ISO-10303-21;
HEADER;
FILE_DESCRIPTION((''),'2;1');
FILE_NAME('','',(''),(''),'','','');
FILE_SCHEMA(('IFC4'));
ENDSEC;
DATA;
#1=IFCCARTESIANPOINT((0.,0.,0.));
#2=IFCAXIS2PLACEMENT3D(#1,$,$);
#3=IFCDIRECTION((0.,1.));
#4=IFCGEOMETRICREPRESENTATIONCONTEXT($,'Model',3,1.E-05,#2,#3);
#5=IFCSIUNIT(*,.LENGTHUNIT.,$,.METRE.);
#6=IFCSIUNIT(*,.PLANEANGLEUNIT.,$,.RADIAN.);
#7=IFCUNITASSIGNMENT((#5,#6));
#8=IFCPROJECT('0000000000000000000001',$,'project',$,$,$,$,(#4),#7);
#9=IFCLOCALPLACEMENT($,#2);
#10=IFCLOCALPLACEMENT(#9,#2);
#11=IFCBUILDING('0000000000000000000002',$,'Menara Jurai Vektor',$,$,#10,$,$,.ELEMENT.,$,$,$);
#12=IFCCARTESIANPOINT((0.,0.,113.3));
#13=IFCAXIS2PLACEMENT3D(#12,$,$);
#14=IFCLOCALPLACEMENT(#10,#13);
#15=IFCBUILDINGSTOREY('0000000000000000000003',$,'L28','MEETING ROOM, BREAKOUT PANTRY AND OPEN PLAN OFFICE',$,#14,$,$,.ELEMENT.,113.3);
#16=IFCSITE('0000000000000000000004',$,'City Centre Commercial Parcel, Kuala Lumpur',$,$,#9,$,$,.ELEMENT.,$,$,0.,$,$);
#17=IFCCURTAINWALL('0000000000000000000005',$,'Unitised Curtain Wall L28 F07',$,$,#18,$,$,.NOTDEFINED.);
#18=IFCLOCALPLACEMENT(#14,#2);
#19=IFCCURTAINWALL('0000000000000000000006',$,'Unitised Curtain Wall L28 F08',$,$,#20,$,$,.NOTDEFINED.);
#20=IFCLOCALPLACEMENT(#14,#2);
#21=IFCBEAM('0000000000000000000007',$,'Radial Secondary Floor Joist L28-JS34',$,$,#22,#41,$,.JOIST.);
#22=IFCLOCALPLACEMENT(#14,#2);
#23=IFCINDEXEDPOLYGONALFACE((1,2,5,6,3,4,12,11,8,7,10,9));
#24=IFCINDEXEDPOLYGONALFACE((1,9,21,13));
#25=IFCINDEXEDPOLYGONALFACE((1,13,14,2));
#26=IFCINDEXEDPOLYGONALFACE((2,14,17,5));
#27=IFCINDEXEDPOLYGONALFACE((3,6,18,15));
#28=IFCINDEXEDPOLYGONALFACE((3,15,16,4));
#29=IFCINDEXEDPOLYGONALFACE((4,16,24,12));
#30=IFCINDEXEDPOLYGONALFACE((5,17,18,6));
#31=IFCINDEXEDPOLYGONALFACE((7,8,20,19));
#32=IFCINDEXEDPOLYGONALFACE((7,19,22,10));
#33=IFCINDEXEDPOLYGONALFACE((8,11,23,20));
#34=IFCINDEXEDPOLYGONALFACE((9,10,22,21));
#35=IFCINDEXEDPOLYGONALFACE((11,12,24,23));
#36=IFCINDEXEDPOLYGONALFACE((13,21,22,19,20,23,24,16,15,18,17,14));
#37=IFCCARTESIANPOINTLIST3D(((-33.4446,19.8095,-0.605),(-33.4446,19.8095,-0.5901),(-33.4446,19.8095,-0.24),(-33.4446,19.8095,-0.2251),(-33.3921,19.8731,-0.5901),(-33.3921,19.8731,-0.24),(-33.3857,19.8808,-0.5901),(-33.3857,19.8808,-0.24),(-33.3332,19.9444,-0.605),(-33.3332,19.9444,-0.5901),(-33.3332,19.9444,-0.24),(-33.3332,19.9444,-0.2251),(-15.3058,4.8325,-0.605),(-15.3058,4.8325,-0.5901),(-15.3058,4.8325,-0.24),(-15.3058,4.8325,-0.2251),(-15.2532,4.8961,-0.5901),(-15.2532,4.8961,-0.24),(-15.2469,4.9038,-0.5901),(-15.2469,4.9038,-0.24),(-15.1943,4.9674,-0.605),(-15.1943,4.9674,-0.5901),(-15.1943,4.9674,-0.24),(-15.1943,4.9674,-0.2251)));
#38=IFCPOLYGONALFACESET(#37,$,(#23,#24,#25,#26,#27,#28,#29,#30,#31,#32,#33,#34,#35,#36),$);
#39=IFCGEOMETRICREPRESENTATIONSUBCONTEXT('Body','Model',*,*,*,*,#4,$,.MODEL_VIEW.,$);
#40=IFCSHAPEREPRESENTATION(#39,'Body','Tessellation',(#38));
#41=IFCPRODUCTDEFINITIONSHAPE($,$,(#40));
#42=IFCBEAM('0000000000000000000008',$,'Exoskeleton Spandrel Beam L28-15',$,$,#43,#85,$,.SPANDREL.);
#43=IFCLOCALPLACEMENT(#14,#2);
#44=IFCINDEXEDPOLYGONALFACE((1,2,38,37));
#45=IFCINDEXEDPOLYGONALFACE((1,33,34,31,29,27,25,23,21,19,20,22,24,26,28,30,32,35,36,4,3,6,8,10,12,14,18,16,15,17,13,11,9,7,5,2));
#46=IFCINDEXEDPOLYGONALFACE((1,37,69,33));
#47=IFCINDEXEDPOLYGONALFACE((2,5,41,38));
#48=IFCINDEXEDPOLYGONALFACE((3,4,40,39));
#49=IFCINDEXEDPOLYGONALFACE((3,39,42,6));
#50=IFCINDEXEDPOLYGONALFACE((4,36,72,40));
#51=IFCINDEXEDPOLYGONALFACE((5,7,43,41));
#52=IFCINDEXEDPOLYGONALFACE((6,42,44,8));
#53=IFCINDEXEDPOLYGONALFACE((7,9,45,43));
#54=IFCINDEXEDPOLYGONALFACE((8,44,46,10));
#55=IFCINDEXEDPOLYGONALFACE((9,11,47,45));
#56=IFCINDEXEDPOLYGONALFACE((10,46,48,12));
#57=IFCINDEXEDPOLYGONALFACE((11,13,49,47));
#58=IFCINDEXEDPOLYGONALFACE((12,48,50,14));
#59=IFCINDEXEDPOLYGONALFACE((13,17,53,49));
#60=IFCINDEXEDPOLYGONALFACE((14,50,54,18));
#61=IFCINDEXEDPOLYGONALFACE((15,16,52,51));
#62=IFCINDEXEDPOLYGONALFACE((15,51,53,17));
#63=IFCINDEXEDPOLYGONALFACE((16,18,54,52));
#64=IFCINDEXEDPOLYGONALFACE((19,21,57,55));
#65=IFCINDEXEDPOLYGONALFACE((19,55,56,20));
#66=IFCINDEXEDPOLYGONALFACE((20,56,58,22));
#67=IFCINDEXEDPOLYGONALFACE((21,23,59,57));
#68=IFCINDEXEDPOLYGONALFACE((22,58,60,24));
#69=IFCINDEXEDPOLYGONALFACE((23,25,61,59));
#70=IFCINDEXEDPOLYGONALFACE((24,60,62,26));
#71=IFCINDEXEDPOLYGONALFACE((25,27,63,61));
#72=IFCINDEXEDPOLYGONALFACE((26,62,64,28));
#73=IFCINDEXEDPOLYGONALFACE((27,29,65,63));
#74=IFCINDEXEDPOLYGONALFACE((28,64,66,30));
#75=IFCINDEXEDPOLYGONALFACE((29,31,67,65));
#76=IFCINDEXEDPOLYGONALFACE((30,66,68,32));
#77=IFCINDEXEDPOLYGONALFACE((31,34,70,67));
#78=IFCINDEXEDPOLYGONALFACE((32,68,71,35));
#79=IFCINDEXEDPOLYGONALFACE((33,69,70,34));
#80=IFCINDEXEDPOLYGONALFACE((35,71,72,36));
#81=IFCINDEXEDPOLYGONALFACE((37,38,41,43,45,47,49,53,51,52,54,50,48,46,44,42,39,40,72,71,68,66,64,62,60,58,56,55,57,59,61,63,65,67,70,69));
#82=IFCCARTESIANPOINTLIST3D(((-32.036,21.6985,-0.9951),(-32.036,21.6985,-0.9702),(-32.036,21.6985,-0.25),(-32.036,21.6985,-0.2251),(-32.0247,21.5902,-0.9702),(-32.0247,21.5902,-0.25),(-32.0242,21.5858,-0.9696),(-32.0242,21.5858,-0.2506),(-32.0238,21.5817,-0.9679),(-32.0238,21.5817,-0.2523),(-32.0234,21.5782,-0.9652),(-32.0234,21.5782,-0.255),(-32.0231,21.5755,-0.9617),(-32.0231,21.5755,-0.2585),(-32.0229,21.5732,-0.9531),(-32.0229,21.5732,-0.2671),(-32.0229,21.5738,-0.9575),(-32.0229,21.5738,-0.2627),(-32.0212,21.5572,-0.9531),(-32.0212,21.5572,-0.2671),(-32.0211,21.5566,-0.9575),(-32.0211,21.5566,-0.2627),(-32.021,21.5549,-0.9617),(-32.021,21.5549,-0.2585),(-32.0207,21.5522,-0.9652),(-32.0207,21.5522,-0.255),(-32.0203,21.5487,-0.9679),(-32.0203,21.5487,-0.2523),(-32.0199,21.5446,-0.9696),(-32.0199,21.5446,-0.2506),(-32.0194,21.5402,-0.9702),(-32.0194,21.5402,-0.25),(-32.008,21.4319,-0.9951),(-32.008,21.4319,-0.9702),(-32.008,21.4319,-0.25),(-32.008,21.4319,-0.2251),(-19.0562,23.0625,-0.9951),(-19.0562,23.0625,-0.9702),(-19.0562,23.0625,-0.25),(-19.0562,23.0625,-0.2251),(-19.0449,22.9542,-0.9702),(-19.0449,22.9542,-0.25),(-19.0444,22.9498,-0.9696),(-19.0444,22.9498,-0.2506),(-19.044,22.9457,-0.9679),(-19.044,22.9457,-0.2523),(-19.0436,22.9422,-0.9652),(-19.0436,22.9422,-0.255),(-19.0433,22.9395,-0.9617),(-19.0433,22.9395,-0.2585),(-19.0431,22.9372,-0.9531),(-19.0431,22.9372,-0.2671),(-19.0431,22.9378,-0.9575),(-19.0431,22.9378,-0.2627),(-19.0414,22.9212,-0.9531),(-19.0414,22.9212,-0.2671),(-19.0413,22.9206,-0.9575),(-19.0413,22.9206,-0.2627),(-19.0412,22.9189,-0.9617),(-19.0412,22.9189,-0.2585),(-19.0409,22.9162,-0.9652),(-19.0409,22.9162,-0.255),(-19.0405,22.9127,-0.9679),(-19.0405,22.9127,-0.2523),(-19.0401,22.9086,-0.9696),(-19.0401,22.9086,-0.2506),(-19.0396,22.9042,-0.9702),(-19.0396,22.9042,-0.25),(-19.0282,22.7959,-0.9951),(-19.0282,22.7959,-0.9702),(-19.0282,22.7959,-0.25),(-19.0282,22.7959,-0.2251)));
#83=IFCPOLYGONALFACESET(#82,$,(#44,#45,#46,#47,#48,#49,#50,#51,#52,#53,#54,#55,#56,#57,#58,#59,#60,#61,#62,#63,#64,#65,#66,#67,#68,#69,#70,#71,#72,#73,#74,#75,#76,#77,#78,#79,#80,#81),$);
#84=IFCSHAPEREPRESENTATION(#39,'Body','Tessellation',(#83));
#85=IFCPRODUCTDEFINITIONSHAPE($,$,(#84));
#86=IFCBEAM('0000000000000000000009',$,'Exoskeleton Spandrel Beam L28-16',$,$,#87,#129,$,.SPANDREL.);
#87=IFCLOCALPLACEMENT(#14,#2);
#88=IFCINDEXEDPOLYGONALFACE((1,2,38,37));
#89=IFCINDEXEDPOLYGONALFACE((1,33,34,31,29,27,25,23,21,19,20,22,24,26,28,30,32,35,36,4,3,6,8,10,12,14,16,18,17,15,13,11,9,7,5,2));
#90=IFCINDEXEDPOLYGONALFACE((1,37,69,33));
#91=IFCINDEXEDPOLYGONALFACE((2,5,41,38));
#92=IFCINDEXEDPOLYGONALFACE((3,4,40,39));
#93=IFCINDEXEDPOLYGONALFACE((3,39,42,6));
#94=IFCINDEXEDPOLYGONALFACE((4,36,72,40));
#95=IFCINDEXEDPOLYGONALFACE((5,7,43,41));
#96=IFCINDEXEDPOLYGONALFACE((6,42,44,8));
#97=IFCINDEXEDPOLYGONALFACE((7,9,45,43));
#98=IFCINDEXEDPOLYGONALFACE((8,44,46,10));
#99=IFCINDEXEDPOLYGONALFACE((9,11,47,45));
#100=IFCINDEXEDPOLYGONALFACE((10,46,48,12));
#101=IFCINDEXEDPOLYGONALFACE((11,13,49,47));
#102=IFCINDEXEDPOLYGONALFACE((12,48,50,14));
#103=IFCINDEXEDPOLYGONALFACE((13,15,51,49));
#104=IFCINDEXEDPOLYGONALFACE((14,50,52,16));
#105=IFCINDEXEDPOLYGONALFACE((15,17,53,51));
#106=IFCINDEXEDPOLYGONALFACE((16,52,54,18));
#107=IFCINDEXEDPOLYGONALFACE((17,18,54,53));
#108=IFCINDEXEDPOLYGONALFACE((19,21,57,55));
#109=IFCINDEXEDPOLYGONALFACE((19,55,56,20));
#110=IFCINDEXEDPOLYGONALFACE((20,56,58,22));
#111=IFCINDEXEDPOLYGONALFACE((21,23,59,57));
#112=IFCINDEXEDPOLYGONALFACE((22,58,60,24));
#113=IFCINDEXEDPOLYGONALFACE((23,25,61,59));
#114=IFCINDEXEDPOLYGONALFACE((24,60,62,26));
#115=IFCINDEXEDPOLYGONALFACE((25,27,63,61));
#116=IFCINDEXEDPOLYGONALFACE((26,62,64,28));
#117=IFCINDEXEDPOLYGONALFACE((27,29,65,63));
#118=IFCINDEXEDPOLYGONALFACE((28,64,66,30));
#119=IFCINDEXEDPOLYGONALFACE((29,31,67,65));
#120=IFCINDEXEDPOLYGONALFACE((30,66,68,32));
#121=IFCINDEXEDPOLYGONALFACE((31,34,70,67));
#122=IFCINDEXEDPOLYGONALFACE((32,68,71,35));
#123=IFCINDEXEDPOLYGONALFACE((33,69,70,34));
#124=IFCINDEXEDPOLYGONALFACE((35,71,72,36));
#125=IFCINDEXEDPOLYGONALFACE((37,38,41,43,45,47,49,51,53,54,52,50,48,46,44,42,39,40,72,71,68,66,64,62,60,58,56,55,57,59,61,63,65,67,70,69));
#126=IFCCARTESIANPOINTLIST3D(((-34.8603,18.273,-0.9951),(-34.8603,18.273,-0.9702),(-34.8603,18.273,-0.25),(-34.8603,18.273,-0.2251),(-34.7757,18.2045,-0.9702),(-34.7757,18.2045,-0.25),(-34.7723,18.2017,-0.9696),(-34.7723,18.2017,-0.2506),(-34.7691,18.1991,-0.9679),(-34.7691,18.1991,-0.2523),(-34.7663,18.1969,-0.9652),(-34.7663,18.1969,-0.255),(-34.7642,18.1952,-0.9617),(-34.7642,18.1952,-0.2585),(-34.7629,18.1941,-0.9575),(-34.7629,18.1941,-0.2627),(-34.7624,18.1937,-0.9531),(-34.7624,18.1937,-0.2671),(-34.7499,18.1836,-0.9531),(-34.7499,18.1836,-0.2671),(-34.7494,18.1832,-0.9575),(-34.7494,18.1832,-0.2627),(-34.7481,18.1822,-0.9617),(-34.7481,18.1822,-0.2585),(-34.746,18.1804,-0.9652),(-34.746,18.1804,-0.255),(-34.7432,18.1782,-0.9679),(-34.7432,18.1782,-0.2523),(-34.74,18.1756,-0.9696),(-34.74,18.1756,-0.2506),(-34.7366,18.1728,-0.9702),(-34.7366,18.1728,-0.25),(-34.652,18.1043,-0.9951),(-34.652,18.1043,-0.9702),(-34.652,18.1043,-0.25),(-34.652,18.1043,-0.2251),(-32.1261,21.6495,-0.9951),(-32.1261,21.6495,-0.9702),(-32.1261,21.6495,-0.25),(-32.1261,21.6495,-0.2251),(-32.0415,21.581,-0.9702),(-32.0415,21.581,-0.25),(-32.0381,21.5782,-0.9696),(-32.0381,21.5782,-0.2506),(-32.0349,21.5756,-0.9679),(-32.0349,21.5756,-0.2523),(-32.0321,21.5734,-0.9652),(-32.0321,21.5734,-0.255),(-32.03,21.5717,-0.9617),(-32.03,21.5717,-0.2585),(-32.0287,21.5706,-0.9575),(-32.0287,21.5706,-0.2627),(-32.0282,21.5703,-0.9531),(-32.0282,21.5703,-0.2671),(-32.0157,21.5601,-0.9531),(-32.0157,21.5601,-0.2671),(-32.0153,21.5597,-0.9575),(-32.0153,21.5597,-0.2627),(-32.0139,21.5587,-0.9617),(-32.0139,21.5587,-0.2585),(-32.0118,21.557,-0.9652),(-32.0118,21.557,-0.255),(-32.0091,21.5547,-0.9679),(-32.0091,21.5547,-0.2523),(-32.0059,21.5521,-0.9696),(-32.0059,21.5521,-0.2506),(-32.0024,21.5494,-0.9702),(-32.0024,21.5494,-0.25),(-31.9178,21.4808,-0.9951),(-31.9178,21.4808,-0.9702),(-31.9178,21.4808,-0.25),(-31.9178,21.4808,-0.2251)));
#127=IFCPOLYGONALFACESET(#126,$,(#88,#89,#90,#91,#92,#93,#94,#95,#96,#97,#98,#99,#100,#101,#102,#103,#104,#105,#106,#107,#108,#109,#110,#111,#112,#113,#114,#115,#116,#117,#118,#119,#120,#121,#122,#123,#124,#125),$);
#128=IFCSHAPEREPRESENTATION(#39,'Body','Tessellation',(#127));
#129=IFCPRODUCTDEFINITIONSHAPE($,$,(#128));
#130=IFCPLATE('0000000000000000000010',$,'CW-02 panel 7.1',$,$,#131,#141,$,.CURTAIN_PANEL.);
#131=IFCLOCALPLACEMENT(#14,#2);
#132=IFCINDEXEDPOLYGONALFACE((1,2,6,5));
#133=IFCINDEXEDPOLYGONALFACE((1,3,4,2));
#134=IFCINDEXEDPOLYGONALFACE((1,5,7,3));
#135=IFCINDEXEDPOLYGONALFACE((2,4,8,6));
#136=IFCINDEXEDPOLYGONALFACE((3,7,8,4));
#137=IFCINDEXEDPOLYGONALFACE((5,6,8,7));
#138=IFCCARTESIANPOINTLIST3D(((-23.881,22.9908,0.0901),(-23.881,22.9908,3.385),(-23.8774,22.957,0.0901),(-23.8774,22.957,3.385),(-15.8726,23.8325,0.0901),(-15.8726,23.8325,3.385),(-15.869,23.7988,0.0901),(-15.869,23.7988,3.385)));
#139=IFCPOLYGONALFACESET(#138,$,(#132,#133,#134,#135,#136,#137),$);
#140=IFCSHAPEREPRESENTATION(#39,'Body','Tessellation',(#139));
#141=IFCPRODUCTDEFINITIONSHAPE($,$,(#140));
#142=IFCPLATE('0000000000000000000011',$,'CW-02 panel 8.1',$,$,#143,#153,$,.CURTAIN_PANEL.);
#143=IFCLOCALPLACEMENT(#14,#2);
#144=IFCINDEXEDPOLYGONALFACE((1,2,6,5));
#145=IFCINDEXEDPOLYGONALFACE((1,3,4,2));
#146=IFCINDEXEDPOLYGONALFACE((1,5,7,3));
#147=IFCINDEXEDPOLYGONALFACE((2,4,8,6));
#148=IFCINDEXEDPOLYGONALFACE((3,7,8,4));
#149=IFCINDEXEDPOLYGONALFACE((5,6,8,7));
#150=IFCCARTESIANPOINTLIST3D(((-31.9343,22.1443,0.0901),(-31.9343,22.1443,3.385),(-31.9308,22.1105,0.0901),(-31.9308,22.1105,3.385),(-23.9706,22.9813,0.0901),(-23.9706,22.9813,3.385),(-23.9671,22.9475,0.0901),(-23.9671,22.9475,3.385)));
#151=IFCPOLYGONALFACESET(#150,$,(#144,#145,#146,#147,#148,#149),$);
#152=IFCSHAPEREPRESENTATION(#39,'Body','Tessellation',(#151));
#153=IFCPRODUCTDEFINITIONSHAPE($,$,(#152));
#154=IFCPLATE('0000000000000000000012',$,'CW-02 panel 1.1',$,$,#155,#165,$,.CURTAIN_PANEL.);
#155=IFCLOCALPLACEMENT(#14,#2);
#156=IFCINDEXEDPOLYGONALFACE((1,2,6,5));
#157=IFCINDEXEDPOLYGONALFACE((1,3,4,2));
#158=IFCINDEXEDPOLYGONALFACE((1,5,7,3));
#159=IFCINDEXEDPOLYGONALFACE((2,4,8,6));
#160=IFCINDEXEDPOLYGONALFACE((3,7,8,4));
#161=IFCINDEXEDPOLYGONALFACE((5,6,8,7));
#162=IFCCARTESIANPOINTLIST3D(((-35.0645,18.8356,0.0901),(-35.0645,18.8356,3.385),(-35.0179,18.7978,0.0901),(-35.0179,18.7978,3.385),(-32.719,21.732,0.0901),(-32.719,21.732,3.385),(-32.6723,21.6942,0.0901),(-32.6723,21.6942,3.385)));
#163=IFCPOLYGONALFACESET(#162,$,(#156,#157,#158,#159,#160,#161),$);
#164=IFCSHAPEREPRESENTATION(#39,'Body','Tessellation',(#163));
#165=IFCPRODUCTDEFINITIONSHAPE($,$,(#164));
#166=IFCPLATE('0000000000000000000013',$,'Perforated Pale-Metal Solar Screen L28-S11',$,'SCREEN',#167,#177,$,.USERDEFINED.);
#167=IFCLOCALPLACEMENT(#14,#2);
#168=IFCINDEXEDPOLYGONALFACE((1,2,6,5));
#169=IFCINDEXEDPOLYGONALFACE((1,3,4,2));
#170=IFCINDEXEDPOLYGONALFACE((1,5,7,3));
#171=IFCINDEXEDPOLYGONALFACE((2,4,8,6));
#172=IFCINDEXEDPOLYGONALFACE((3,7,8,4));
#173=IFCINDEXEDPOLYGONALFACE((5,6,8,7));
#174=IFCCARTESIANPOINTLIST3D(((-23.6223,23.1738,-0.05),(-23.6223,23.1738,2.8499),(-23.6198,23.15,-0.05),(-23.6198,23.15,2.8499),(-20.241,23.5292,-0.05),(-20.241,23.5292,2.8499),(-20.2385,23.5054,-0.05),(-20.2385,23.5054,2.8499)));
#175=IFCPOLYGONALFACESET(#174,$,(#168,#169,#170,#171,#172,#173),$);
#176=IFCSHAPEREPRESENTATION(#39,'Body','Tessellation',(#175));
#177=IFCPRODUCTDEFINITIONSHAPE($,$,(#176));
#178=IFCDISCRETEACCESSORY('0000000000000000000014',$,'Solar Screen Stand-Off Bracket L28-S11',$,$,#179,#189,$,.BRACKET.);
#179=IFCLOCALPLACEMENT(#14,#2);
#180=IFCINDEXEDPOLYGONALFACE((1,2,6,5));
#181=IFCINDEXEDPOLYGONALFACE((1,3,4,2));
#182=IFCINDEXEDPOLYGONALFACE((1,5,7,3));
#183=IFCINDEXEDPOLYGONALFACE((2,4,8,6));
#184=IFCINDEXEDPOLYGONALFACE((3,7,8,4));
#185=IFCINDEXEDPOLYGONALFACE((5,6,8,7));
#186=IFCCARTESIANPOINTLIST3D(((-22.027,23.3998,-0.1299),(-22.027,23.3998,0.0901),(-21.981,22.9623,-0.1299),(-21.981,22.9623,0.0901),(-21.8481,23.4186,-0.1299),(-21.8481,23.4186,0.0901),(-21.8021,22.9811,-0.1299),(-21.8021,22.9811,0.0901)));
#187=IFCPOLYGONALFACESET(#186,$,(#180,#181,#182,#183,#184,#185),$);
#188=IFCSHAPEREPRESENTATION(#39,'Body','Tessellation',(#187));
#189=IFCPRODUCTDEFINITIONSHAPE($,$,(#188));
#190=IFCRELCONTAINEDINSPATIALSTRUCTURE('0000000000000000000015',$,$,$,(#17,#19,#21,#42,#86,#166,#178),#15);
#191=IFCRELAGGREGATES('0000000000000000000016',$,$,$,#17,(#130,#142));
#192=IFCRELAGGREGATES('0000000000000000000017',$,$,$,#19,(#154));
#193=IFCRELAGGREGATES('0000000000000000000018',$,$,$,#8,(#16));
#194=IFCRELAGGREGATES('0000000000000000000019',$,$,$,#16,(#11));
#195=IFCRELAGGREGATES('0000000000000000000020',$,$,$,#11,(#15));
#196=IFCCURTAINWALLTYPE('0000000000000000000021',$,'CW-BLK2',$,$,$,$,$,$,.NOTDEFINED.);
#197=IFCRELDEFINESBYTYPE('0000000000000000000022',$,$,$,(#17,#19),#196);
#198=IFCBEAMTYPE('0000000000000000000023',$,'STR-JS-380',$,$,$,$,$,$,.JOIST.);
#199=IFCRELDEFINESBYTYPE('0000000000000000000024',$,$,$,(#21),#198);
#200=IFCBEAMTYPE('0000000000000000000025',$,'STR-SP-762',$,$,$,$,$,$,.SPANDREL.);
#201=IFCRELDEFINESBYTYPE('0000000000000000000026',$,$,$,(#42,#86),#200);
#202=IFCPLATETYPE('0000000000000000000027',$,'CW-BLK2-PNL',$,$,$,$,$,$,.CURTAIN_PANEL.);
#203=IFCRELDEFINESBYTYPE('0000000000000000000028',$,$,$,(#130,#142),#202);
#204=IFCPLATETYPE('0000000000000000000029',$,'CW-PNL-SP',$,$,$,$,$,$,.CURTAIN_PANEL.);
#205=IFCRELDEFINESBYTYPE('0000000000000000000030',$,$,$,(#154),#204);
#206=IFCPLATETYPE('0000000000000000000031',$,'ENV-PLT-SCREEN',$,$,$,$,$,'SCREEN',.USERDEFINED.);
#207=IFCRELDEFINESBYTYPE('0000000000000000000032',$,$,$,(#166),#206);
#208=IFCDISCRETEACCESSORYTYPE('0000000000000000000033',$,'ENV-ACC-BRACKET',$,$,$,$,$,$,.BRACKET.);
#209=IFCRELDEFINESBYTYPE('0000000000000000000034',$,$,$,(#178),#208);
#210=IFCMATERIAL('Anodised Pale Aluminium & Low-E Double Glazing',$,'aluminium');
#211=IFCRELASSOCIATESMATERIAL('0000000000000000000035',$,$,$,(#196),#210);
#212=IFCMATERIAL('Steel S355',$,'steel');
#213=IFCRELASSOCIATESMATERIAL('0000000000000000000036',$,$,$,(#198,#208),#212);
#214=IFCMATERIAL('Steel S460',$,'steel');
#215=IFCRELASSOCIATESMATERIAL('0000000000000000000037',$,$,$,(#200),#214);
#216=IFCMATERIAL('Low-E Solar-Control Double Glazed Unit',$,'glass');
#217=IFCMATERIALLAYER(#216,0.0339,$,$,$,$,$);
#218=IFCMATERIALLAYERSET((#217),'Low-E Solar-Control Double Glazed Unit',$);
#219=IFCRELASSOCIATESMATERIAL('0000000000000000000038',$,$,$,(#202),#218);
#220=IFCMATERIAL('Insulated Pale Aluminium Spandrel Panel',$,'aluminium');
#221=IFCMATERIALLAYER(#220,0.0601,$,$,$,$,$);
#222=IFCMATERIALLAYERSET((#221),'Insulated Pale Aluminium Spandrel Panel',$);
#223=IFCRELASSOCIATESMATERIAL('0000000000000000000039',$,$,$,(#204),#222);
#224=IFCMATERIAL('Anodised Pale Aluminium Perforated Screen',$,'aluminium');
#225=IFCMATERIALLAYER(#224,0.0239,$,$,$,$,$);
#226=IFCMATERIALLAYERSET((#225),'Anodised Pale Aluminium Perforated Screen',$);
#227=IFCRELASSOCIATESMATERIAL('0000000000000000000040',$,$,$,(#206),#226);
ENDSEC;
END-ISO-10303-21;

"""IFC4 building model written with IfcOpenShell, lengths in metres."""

from ifc_helpers import new_model, si_unit, direction, frame, origin, origin_2d, place, context, subcontext, project, spatial, rectangle, i_section, extrude, material, layer, layer_set, material_profile, profile_set, type_object, element, aggregate, save


model = new_model("IFC4")

# Units and contexts
model_context = context("Model", 3, precision=1e-05, world=origin(), true_north=direction((0.0, 1.0)))
body_context = subcontext(model_context, "Body", "Model", "MODEL_VIEW")
ifc_project = project(units=[si_unit("LENGTHUNIT", "METRE"), si_unit("PLANEANGLEUNIT", "RADIAN")], contexts=[model_context])

# Site, building, storey
site_placement = place(None, origin())
site = spatial("IfcSite", under=ifc_project, at=site_placement, Name="City Centre Commercial Parcel, Kuala Lumpur", CompositionType="ELEMENT", RefElevation=0.0)
building_placement = place(site_placement, origin())
building = spatial("IfcBuilding", under=site, at=building_placement, Name="Menara Jurai Vektor", CompositionType="ELEMENT")
storey_placement = place(building_placement, frame((0.0, 0.0, 113.3)))
storey = spatial("IfcBuildingStorey", under=building, at=storey_placement, Name="L28", Description="MEETING ROOM, BREAKOUT PANTRY AND OPEN PLAN OFFICE", CompositionType="ELEMENT", Elevation=113.3)

# Shared definitions
ifc_material_1 = material(Name="Steel S460", Category="steel")

# Curtain walls
ifc_material_2 = material(Name="Anodised Pale Aluminium & Low-E Double Glazing", Category="aluminium")
curtain_wall_type = type_object("IfcCurtainWallType", Name="CW-BLK2", PredefinedType="NOTDEFINED", material=ifc_material_2)
curtain_wall_1_placement = place(storey_placement, origin())
curtain_wall_1 = element("IfcCurtainWall", 1, at=curtain_wall_1_placement, inside=storey, type_object=curtain_wall_type, Name="Unitised Curtain Wall L28 F07", PredefinedType="NOTDEFINED")
curtain_wall_2_placement = place(storey_placement, origin())
curtain_wall_2 = element("IfcCurtainWall", 2, at=curtain_wall_2_placement, inside=storey, type_object=curtain_wall_type, Name="Unitised Curtain Wall L28 F08", PredefinedType="NOTDEFINED")

# Shared definitions
ifc_material_3 = material(Name="Steel S355", Category="steel")

# Beams
ifc_material_profile_1 = material_profile(ifc_material_3, i_section(OverallWidth=0.175, OverallDepth=0.3799, WebThickness=0.01, FlangeThickness=0.0149, at=origin_2d()), Name="PG 380x175x58")
ifc_profile_set_1 = profile_set([ifc_material_profile_1], Name="Steel S355")
beam_type_1 = type_object("IfcBeamType", Name="STR-JS-380", PredefinedType="JOIST", material=ifc_profile_set_1)
beam_1_placement = place(storey_placement, frame((-33.3889, 19.877, -0.415), z_axis=(0.771114, -0.636698, 0.0), x_axis=(0.636698, 0.771114, 0.0)))
element("IfcBeam", 3, at=beam_1_placement, inside=storey, type_object=beam_type_1, Name="Radial Secondary Floor Joist L28-JS34", PredefinedType="JOIST", context=body_context, shape_type="SweptSolid", body=[
    extrude(i_section(OverallWidth=0.175, OverallDepth=0.3799, WebThickness=0.01, FlangeThickness=0.0149, at=origin_2d()), origin(), (0.0, 0.0, 1.0), 23.5229),
])
ifc_material_profile_2 = material_profile(ifc_material_1, i_section(OverallWidth=0.2681, OverallDepth=0.77, WebThickness=0.0161, FlangeThickness=0.0249, FilletRadius=0.0171, at=origin_2d()), Name="UKB 762x267x197")
ifc_profile_set_2 = profile_set([ifc_material_profile_2], Name="Steel S460")
beam_type_2 = type_object("IfcBeamType", Name="STR-SP-762", PredefinedType="SPANDREL", material=ifc_profile_set_2)
beam_2_placement = place(storey_placement, frame((-19.0422, 22.9292, -0.6101), z_axis=(-0.994524, -0.104512, 0.0), x_axis=(0.104512, -0.994524, 0.0)))
element("IfcBeam", 4, at=beam_2_placement, inside=storey, type_object=beam_type_2, Name="Exoskeleton Spandrel Beam L28-15", PredefinedType="SPANDREL", context=body_context, shape_type="SweptSolid", body=[
    extrude(i_section(OverallWidth=0.2681, OverallDepth=0.77, WebThickness=0.0161, FlangeThickness=0.0249, FilletRadius=0.0171, at=origin_2d()), origin(), (0.0, 0.0, 1.0), 13.0513),
])
beam_3_placement = place(storey_placement, frame((-32.022, 21.5652, -0.6101), z_axis=(-0.62931, -0.777155, 0.0), x_axis=(0.777155, -0.62931, 0.0)))
element("IfcBeam", 5, at=beam_3_placement, inside=storey, type_object=beam_type_2, Name="Exoskeleton Spandrel Beam L28-16", PredefinedType="SPANDREL", context=body_context, shape_type="SweptSolid", body=[
    extrude(i_section(OverallWidth=0.2681, OverallDepth=0.77, WebThickness=0.0161, FlangeThickness=0.0249, FilletRadius=0.0171, at=origin_2d()), origin(), (0.0, 0.0, 1.0), 4.3447),
])

# Plates
ifc_material_4 = material(Name="Low-E Solar-Control Double Glazed Unit", Category="glass")
ifc_layer_1 = layer(ifc_material_4, 0.0339)
ifc_layer_set_1 = layer_set([ifc_layer_1], Name="Low-E Solar-Control Double Glazed Unit")
plate_type_1 = type_object("IfcPlateType", Name="CW-BLK2-PNL", PredefinedType="CURTAIN_PANEL", material=ifc_layer_set_1)
plate_1_placement = place(storey_placement, frame((-19.875, 23.3948, 0.0901), z_axis=(0.0, 0.0, 1.0), x_axis=(-0.994522, -0.104529, 0.0)))
plate_1 = element("IfcPlate", 6, at=plate_1_placement, type_object=plate_type_1, Name="CW-02 panel 7.1", PredefinedType="CURTAIN_PANEL", context=body_context, shape_type="SweptSolid", body=[
    extrude(rectangle(XDim=8.0525, YDim=0.0339, at=origin_2d()), origin(), (0.0, 0.0, 1.0), 3.2949),
])
plate_2_placement = place(storey_placement, frame((-27.9507, 22.5459, 0.0901), z_axis=(0.0, 0.0, 1.0), x_axis=(-0.994522, -0.104529, 0.0)))
plate_2 = element("IfcPlate", 7, at=plate_2_placement, type_object=plate_type_1, Name="CW-02 panel 8.1", PredefinedType="CURTAIN_PANEL", context=body_context, shape_type="SweptSolid", body=[
    extrude(rectangle(XDim=8.0076, YDim=0.0339, at=origin_2d()), origin(), (0.0, 0.0, 1.0), 3.2949),
])
aggregate(curtain_wall_1, [plate_1, plate_2])
ifc_material_5 = material(Name="Insulated Pale Aluminium Spandrel Panel", Category="aluminium")
ifc_layer_2 = layer(ifc_material_5, 0.0601)
ifc_layer_set_2 = layer_set([ifc_layer_2], Name="Insulated Pale Aluminium Spandrel Panel")
plate_type_2 = type_object("IfcPlateType", Name="CW-PNL-SP", PredefinedType="CURTAIN_PANEL", material=ifc_layer_set_2)
plate_3_placement = place(storey_placement, frame((-33.8684, 20.2649, 0.0901), z_axis=(0.0, 0.0, 1.0), x_axis=(-0.629341, -0.777129, 0.0)))
plate_3 = element("IfcPlate", 8, at=plate_3_placement, type_object=plate_type_2, Name="CW-02 panel 1.1", PredefinedType="CURTAIN_PANEL", context=body_context, shape_type="SweptSolid", body=[
    extrude(rectangle(XDim=3.7271, YDim=0.0601, at=origin_2d()), origin(), (0.0, 0.0, 1.0), 3.2949),
])
aggregate(curtain_wall_2, [plate_3])
ifc_material_6 = material(Name="Anodised Pale Aluminium Perforated Screen", Category="aluminium")
ifc_layer_3 = layer(ifc_material_6, 0.0239)
ifc_layer_set_3 = layer_set([ifc_layer_3], Name="Anodised Pale Aluminium Perforated Screen")
plate_type_3 = type_object("IfcPlateType", Name="ENV-PLT-SCREEN", ElementType="SCREEN", PredefinedType="USERDEFINED", material=ifc_layer_set_3)
plate_4_placement = place(storey_placement, frame((-21.9304, 23.3396, -0.05), z_axis=(0.0, 0.0, 1.0), x_axis=(-0.994522, -0.104528, 0.0)))
element("IfcPlate", 9, at=plate_4_placement, inside=storey, type_object=plate_type_3, Name="Perforated Pale-Metal Solar Screen L28-S11", ObjectType="SCREEN", PredefinedType="USERDEFINED", context=body_context, shape_type="SweptSolid", body=[
    extrude(rectangle(XDim=3.3999, YDim=0.0239, at=origin_2d()), origin(), (0.0, 0.0, 1.0), 2.8999),
])

# Discrete accessory
discrete_accessory_type = type_object("IfcDiscreteAccessoryType", Name="ENV-ACC-BRACKET", PredefinedType="BRACKET", material=ifc_material_3)
discrete_accessory_placement = place(storey_placement, frame((-21.9146, 23.1904, -0.1299), z_axis=(0.0, 0.0, 1.0), x_axis=(-0.994522, -0.104528, 0.0)))
element("IfcDiscreteAccessory", 10, at=discrete_accessory_placement, inside=storey, type_object=discrete_accessory_type, Name="Solar Screen Stand-Off Bracket L28-S11", PredefinedType="BRACKET", context=body_context, shape_type="SweptSolid", body=[
    extrude(rectangle(XDim=0.1799, YDim=0.4399, at=origin_2d()), origin(), (0.0, 0.0, 1.0), 0.22),
])

save(model, "model.ifc")
